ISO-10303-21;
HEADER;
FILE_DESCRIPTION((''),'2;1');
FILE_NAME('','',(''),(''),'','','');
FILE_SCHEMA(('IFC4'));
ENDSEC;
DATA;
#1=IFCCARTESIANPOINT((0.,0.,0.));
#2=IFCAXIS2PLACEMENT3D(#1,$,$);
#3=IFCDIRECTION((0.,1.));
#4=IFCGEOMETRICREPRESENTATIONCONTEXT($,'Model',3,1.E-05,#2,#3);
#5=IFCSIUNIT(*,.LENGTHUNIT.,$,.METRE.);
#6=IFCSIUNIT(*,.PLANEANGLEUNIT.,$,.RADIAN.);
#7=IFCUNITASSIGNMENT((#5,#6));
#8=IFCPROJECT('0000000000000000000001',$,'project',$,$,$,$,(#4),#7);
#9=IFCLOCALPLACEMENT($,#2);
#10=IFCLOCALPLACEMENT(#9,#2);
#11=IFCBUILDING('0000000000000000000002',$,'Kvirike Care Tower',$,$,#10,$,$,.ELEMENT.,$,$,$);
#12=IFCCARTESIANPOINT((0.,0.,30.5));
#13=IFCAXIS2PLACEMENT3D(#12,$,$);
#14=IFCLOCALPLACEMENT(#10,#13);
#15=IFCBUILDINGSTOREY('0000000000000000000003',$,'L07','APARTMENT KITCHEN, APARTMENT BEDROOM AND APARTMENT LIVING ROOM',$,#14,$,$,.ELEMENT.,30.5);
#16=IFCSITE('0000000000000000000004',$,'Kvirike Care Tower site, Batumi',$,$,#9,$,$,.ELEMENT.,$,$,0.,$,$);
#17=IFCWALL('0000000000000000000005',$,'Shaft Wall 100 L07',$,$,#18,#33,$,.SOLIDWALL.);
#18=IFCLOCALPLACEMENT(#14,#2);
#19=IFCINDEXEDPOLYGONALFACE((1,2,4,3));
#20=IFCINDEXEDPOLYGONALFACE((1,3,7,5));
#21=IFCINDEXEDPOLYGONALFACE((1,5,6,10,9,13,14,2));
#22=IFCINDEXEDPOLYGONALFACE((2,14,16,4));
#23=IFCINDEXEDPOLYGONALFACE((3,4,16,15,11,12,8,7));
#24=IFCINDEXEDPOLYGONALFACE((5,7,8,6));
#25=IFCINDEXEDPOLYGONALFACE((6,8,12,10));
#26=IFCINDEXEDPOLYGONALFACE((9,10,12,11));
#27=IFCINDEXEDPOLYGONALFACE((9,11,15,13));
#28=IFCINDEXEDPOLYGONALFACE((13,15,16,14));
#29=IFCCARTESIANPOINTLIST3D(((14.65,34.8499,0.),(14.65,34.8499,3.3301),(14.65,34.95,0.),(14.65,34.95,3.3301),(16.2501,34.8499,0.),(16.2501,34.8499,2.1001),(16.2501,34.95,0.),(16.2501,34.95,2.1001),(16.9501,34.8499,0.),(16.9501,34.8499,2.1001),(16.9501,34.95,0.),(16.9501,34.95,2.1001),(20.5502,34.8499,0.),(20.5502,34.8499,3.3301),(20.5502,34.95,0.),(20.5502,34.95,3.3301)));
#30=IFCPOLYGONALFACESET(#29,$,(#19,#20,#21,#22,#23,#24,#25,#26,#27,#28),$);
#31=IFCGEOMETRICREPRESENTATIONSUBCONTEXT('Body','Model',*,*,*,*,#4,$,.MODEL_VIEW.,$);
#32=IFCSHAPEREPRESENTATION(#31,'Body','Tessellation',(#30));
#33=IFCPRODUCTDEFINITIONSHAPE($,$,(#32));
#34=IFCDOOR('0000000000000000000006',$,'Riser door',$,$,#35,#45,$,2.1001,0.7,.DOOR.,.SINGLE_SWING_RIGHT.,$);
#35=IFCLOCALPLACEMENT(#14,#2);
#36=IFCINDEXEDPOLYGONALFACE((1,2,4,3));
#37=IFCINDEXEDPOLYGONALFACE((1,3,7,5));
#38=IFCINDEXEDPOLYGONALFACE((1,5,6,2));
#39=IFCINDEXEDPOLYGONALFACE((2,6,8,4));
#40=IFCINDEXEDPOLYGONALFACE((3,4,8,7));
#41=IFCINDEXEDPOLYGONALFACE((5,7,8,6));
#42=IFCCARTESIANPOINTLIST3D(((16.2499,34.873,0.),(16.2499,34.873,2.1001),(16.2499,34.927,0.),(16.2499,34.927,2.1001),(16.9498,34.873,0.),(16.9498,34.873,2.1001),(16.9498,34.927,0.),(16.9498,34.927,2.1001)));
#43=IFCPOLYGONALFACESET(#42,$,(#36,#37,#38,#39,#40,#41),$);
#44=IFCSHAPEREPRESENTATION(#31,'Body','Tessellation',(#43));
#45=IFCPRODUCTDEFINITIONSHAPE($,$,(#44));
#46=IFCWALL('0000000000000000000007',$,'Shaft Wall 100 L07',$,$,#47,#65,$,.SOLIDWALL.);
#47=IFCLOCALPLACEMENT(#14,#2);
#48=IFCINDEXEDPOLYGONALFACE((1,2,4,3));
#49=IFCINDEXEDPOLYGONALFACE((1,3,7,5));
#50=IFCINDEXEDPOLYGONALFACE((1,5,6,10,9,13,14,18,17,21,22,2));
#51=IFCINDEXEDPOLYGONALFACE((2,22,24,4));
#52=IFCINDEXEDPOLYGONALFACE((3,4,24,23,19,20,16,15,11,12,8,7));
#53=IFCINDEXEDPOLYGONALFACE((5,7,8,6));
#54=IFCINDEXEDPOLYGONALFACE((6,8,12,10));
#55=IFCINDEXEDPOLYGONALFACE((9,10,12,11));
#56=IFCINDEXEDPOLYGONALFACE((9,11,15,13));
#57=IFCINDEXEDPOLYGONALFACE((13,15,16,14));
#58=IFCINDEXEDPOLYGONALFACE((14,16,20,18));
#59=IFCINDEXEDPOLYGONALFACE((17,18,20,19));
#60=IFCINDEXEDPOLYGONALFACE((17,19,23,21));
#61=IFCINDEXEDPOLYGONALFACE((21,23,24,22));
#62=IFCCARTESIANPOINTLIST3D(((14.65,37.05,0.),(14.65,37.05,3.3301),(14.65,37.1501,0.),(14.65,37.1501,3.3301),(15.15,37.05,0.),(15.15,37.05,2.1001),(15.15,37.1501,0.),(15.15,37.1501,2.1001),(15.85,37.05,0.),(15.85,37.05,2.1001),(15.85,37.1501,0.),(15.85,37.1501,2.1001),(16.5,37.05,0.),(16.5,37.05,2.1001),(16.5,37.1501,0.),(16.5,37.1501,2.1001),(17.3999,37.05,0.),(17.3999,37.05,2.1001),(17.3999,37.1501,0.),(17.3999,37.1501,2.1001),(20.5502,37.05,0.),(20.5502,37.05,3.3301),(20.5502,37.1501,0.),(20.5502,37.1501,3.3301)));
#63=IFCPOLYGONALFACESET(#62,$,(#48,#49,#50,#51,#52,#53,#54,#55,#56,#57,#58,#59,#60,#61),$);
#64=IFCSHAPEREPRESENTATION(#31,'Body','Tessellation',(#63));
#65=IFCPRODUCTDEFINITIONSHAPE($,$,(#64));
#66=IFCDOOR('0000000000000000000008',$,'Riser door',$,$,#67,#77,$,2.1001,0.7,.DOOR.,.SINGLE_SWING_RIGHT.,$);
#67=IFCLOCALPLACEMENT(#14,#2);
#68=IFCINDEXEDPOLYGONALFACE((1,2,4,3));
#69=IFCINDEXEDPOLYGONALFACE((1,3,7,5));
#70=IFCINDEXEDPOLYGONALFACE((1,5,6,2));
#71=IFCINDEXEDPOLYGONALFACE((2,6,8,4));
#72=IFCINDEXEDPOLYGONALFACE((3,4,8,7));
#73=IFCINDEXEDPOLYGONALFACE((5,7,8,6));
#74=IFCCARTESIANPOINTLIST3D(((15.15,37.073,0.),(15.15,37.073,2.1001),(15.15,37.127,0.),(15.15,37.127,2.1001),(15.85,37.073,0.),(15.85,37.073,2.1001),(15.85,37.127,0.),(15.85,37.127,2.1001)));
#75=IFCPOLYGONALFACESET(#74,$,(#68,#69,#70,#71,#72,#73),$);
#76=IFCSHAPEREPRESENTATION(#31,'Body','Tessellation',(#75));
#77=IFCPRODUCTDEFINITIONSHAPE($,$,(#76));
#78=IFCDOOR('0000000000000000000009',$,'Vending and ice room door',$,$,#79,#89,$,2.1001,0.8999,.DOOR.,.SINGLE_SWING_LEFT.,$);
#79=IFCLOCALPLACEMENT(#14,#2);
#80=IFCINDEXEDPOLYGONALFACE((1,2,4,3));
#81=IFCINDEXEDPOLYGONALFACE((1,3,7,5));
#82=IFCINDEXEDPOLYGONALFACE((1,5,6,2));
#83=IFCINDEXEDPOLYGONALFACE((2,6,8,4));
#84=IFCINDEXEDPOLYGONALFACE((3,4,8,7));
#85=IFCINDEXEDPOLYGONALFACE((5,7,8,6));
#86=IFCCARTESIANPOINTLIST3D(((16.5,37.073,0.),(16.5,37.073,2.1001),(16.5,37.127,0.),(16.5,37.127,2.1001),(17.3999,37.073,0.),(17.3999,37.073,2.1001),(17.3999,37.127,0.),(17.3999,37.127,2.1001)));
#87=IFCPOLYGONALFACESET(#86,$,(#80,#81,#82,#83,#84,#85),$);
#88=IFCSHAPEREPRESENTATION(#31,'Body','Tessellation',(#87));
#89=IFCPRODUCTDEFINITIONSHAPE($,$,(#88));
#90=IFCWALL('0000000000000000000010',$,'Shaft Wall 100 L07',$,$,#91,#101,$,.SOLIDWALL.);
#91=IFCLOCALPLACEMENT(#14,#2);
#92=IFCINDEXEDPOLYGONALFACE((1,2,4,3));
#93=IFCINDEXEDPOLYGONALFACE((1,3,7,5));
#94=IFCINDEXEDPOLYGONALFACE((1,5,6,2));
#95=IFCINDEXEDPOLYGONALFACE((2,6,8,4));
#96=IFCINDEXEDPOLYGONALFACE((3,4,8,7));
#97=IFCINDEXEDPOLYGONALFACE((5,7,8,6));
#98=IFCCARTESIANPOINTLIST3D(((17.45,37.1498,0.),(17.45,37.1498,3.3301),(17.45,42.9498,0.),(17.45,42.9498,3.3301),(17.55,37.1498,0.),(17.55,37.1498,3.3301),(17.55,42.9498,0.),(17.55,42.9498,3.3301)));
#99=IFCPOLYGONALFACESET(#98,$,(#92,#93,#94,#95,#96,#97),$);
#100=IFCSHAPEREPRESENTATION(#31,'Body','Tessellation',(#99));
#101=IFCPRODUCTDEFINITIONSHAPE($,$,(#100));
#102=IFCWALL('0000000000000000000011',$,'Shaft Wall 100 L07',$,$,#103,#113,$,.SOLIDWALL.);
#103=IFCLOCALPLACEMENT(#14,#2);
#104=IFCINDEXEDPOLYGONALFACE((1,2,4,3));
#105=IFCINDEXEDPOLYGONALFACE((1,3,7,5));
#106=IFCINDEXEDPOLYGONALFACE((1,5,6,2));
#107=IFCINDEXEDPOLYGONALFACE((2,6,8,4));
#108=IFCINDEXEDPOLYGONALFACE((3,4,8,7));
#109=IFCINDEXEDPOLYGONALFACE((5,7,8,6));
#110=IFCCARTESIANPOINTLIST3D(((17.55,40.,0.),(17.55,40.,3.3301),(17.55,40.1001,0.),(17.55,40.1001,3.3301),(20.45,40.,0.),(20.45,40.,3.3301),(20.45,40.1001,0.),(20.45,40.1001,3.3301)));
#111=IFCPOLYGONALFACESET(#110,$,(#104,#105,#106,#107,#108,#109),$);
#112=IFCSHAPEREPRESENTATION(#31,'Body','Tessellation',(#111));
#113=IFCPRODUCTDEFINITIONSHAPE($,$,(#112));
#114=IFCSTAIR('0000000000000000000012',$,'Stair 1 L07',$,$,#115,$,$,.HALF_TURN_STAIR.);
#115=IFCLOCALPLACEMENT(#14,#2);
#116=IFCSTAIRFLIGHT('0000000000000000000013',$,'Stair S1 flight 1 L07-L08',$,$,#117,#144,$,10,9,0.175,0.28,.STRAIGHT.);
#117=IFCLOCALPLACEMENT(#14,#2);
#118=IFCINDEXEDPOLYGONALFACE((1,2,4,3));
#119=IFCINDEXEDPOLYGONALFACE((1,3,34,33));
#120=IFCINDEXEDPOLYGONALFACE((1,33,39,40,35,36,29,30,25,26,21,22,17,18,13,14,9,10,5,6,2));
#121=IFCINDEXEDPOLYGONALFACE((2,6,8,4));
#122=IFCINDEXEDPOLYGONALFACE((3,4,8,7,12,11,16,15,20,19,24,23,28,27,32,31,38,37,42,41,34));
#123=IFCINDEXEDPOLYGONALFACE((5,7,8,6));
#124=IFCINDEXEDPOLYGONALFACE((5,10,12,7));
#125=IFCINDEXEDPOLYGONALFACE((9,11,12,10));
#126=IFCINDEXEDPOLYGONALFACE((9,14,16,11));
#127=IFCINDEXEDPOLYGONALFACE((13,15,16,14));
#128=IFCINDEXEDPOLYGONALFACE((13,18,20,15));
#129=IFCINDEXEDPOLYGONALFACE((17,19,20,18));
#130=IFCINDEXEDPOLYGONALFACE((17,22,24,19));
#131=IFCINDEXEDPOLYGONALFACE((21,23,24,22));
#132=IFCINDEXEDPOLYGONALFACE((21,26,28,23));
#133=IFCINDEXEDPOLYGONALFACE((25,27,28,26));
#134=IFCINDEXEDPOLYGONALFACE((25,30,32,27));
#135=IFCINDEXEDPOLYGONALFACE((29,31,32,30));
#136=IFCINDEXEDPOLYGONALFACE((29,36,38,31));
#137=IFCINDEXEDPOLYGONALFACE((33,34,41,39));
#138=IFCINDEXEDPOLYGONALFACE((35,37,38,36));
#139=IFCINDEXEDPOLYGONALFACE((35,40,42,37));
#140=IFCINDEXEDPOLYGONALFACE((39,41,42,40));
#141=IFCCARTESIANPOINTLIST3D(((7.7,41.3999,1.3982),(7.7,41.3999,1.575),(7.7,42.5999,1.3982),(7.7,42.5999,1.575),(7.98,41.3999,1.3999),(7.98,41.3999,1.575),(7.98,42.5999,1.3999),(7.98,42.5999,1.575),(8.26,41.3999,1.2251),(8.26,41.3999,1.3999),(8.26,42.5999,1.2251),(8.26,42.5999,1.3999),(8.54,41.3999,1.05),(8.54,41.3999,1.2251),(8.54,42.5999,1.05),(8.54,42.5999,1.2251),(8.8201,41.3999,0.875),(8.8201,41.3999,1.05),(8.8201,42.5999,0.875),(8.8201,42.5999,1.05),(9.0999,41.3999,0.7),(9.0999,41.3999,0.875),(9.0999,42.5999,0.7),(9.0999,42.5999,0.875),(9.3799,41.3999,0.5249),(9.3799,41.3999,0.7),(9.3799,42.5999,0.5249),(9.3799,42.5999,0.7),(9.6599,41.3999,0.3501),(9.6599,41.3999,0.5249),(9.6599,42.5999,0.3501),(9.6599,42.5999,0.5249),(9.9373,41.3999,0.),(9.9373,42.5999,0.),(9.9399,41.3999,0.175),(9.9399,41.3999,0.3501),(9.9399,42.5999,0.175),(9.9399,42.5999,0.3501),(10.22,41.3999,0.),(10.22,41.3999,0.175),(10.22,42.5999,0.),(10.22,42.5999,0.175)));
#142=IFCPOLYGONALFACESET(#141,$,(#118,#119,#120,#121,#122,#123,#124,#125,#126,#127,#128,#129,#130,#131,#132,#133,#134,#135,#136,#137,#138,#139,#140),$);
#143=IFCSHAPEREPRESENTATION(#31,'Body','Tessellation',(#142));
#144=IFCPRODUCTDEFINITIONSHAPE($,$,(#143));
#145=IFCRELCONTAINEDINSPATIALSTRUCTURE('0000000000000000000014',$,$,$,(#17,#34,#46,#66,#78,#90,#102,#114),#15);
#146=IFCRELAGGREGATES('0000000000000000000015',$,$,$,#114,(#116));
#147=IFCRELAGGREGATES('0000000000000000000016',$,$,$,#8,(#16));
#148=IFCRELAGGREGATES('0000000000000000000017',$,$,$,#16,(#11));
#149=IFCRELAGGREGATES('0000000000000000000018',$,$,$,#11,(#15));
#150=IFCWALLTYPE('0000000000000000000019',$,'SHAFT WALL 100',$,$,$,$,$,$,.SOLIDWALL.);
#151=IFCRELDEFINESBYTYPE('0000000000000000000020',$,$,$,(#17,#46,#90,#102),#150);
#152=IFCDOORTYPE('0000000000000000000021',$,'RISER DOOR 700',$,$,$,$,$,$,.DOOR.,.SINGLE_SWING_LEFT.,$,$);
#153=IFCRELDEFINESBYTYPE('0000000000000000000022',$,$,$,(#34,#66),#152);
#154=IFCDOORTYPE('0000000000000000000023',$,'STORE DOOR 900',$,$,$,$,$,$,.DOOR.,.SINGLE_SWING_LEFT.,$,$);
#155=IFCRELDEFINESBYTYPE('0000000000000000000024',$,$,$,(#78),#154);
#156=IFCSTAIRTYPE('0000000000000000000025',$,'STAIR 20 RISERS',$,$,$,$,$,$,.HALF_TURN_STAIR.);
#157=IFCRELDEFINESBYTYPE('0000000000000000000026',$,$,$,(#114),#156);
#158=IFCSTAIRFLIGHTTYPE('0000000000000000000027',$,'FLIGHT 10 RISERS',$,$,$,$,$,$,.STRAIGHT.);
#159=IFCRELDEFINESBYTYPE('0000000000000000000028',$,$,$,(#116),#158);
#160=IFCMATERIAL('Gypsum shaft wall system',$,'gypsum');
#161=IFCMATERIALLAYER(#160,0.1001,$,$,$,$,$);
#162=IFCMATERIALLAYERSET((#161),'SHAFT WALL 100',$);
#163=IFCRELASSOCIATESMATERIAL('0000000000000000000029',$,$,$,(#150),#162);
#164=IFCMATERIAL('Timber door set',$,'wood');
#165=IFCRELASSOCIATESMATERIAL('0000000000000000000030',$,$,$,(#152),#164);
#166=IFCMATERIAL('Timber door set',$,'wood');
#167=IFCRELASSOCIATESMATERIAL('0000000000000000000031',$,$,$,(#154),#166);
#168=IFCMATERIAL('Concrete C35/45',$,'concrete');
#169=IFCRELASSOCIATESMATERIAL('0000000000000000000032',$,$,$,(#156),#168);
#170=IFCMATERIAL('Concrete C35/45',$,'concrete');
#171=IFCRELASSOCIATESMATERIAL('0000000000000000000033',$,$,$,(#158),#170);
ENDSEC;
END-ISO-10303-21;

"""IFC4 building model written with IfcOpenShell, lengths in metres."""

from ifc_helpers import new_model, si_unit, direction, frame, frame_2d, origin, place, context, subcontext, project, spatial, polyline, rectangle, outline, extrude, material, layer, layer_set, type_object, element, fill, aggregate, save


model = new_model("IFC4")

# Units and contexts
model_context = context("Model", 3, precision=1e-05, world=origin(), true_north=direction((0.0, 1.0)))
body_context = subcontext(model_context, "Body", "Model", "MODEL_VIEW")
ifc_project = project(units=[si_unit("LENGTHUNIT", "METRE"), si_unit("PLANEANGLEUNIT", "RADIAN")], contexts=[model_context])

# Site, building, storey
site_placement = place(None, origin())
site = spatial("IfcSite", under=ifc_project, at=site_placement, Name="Kvirike Care Tower site, Batumi", CompositionType="ELEMENT", RefElevation=0.0)
building_placement = place(site_placement, origin())
building = spatial("IfcBuilding", under=site, at=building_placement, Name="Kvirike Care Tower", CompositionType="ELEMENT")
storey_placement = place(building_placement, frame((0.0, 0.0, 30.5)))
storey = spatial("IfcBuildingStorey", under=building, at=storey_placement, Name="L07", Description="APARTMENT KITCHEN, APARTMENT BEDROOM AND APARTMENT LIVING ROOM", CompositionType="ELEMENT", Elevation=30.5)

# Shared definitions
ifc_material_1 = material(Name="Gypsum shaft wall system", Category="gypsum")
ifc_layer_1 = layer(ifc_material_1, 0.1001)
ifc_layer_set_1 = layer_set([ifc_layer_1], Name="SHAFT WALL 100")
wall_type_1 = type_object("IfcWallType", Name="SHAFT WALL 100", PredefinedType="SOLIDWALL", material=ifc_layer_set_1)

# Wall, opening, door
wall_1_placement = place(storey_placement, frame((14.6499, 34.8999, 0.0), z_axis=(0.0, 0.0, 1.0), x_axis=(1.0, 0.0, 0.0)))
wall_1 = element("IfcWall", 1, at=wall_1_placement, inside=storey, type_object=wall_type_1, Name="Shaft Wall 100 L07", PredefinedType="SOLIDWALL", context=body_context, shape_type="SweptSolid", body=[
    extrude(rectangle(XDim=5.9001, YDim=0.1001, at=frame_2d((2.9502, 0.0))), origin(), (0.0, 0.0, 1.0), 3.3301),
])
opening_1_placement = place(wall_1_placement, frame((1.6001, 0.0, 0.0)))
opening_1 = element("IfcOpeningElement", 2, at=opening_1_placement, cuts=wall_1, PredefinedType="OPENING", context=body_context, shape_type="SweptSolid", body=[
    extrude(rectangle(XDim=0.7, YDim=2.1001, at=frame_2d((0.3501, 1.05))), frame((0.0, 0.0605, 0.0), z_axis=(0.0, -1.0, 0.0), x_axis=(1.0, 0.0, 0.0)), (0.0, 0.0, 1.0), 0.1211),
])
ifc_material_2 = material(Name="Timber door set", Category="wood")
door_type_1 = type_object("IfcDoorType", Name="RISER DOOR 700", OperationType="SINGLE_SWING_LEFT", PredefinedType="DOOR", material=ifc_material_2)
door_1_placement = place(opening_1_placement, frame((0.7, 0.0, 0.0), z_axis=(0.0, 0.0, 1.0), x_axis=(-1.0, 0.0, 0.0)))
door_1 = element("IfcDoor", 3, at=door_1_placement, inside=storey, type_object=door_type_1, Name="Riser door", OperationType="SINGLE_SWING_RIGHT", OverallHeight=2.1001, OverallWidth=0.7, PredefinedType="DOOR", context=body_context, shape_type="SweptSolid", body=[
    extrude(rectangle(XDim=0.7, YDim=2.1001, at=frame_2d((0.3501, 1.05))), frame((0.0, 0.0269, 0.0), z_axis=(0.0, -1.0, 0.0), x_axis=(1.0, 0.0, 0.0)), (0.0, 0.0, 1.0), 0.054),
])
fill(opening_1, door_1)

# Wall, openings, doors
wall_2_placement = place(storey_placement, frame((14.6499, 37.1001, 0.0), z_axis=(0.0, 0.0, 1.0), x_axis=(1.0, 0.0, 0.0)))
wall_2 = element("IfcWall", 4, at=wall_2_placement, inside=storey, type_object=wall_type_1, Name="Shaft Wall 100 L07", PredefinedType="SOLIDWALL", context=body_context, shape_type="SweptSolid", body=[
    extrude(rectangle(XDim=5.9001, YDim=0.1001, at=frame_2d((2.9502, 0.0))), origin(), (0.0, 0.0, 1.0), 3.3301),
])
opening_2_placement = place(wall_2_placement, frame((0.5, 0.0, 0.0)))
opening_2 = element("IfcOpeningElement", 5, at=opening_2_placement, cuts=wall_2, PredefinedType="OPENING", context=body_context, shape_type="SweptSolid", body=[
    extrude(rectangle(XDim=0.7, YDim=2.1001, at=frame_2d((0.3501, 1.05))), frame((0.0, 0.0605, 0.0), z_axis=(0.0, -1.0, 0.0), x_axis=(1.0, 0.0, 0.0)), (0.0, 0.0, 1.0), 0.1211),
])
opening_3_placement = place(wall_2_placement, frame((1.8501, 0.0, 0.0)))
opening_3 = element("IfcOpeningElement", 6, at=opening_3_placement, cuts=wall_2, PredefinedType="OPENING", context=body_context, shape_type="SweptSolid", body=[
    extrude(rectangle(XDim=0.8999, YDim=2.1001, at=frame_2d((0.45, 1.05))), frame((0.0, 0.0605, 0.0), z_axis=(0.0, -1.0, 0.0), x_axis=(1.0, 0.0, 0.0)), (0.0, 0.0, 1.0), 0.1211),
])
door_2_placement = place(opening_2_placement, origin())
door_2 = element("IfcDoor", 7, at=door_2_placement, inside=storey, type_object=door_type_1, Name="Riser door", OperationType="SINGLE_SWING_RIGHT", OverallHeight=2.1001, OverallWidth=0.7, PredefinedType="DOOR", context=body_context, shape_type="SweptSolid", body=[
    extrude(rectangle(XDim=0.7, YDim=2.1001, at=frame_2d((0.3501, 1.05))), frame((0.0, 0.0269, 0.0), z_axis=(0.0, -1.0, 0.0), x_axis=(1.0, 0.0, 0.0)), (0.0, 0.0, 1.0), 0.054),
])
fill(opening_2, door_2)
ifc_material_3 = material(Name="Timber door set", Category="wood")
door_type_2 = type_object("IfcDoorType", Name="STORE DOOR 900", OperationType="SINGLE_SWING_LEFT", PredefinedType="DOOR", material=ifc_material_3)
door_3_placement = place(opening_3_placement, origin())
door_3 = element("IfcDoor", 8, at=door_3_placement, inside=storey, type_object=door_type_2, Name="Vending and ice room door", OperationType="SINGLE_SWING_LEFT", OverallHeight=2.1001, OverallWidth=0.8999, PredefinedType="DOOR", context=body_context, shape_type="SweptSolid", body=[
    extrude(rectangle(XDim=0.8999, YDim=2.1001, at=frame_2d((0.45, 1.05))), frame((0.0, 0.0269, 0.0), z_axis=(0.0, -1.0, 0.0), x_axis=(1.0, 0.0, 0.0)), (0.0, 0.0, 1.0), 0.054),
])
fill(opening_3, door_3)

# Walls
wall_3_placement = place(storey_placement, frame((17.5, 37.1499, 0.0), z_axis=(0.0, 0.0, 1.0), x_axis=(0.0, 1.0, 0.0)))
element("IfcWall", 9, at=wall_3_placement, inside=storey, type_object=wall_type_1, Name="Shaft Wall 100 L07", PredefinedType="SOLIDWALL", context=body_context, shape_type="SweptSolid", body=[
    extrude(rectangle(XDim=5.8, YDim=0.1001, at=frame_2d((2.8999, 0.0))), origin(), (0.0, 0.0, 1.0), 3.3301),
])
wall_4_placement = place(storey_placement, frame((17.55, 40.05, 0.0), z_axis=(0.0, 0.0, 1.0), x_axis=(1.0, 0.0, 0.0)))
element("IfcWall", 10, at=wall_4_placement, inside=storey, type_object=wall_type_1, Name="Shaft Wall 100 L07", PredefinedType="SOLIDWALL", context=body_context, shape_type="SweptSolid", body=[
    extrude(rectangle(XDim=2.8999, YDim=0.1001, at=frame_2d((1.45, 0.0))), origin(), (0.0, 0.0, 1.0), 3.3301),
])

# Stair, stair flight
ifc_material_4 = material(Name="Concrete C35/45", Category="concrete")
stair_type = type_object("IfcStairType", Name="STAIR 20 RISERS", PredefinedType="HALF_TURN_STAIR", material=ifc_material_4)
stair_placement = place(storey_placement, origin())
stair = element("IfcStair", 11, at=stair_placement, inside=storey, type_object=stair_type, Name="Stair 1 L07", PredefinedType="HALF_TURN_STAIR")
ifc_material_5 = material(Name="Concrete C35/45", Category="concrete")
stair_flight_type = type_object("IfcStairFlightType", Name="FLIGHT 10 RISERS", PredefinedType="STRAIGHT", material=ifc_material_5)
stair_flight_placement = place(storey_placement, frame((10.22, 42.0, 0.0), z_axis=(0.0, 0.0, 1.0), x_axis=(-1.0, 0.0, 0.0)))
stair_flight = element("IfcStairFlight", 12, at=stair_flight_placement, type_object=stair_flight_type, Name="Stair S1 flight 1 L07-L08", NumberOfRisers=10, NumberOfTreads=9, PredefinedType="STRAIGHT", RiserHeight=0.175, TreadLength=0.28, context=body_context, shape_type="SweptSolid", body=[
    extrude(outline(polyline([(0.0, 0.0), (0.0, 0.175), (0.28, 0.175), (0.28, 0.3501), (0.5601, 0.3501), (0.5601, 0.5249), (0.8401, 0.5249), (0.8401, 0.7), (1.1201, 0.7), (1.1201, 0.875), (1.3999, 0.875), (1.3999, 1.05), (1.6799, 1.05), (1.6799, 1.2251), (1.96, 1.2251), (1.96, 1.3999), (2.24, 1.3999), (2.24, 1.575), (2.52, 1.575), (2.52, 1.75), (2.52, 1.3982), (0.2827, 0.0), (0.0, 0.0)])), frame((0.0, 0.6001, 0.0), z_axis=(0.0, -1.0, 0.0), x_axis=(1.0, 0.0, 0.0)), (0.0, 0.0, 1.0), 1.2),
])
aggregate(stair, [stair_flight])

save(model, "model.ifc")
